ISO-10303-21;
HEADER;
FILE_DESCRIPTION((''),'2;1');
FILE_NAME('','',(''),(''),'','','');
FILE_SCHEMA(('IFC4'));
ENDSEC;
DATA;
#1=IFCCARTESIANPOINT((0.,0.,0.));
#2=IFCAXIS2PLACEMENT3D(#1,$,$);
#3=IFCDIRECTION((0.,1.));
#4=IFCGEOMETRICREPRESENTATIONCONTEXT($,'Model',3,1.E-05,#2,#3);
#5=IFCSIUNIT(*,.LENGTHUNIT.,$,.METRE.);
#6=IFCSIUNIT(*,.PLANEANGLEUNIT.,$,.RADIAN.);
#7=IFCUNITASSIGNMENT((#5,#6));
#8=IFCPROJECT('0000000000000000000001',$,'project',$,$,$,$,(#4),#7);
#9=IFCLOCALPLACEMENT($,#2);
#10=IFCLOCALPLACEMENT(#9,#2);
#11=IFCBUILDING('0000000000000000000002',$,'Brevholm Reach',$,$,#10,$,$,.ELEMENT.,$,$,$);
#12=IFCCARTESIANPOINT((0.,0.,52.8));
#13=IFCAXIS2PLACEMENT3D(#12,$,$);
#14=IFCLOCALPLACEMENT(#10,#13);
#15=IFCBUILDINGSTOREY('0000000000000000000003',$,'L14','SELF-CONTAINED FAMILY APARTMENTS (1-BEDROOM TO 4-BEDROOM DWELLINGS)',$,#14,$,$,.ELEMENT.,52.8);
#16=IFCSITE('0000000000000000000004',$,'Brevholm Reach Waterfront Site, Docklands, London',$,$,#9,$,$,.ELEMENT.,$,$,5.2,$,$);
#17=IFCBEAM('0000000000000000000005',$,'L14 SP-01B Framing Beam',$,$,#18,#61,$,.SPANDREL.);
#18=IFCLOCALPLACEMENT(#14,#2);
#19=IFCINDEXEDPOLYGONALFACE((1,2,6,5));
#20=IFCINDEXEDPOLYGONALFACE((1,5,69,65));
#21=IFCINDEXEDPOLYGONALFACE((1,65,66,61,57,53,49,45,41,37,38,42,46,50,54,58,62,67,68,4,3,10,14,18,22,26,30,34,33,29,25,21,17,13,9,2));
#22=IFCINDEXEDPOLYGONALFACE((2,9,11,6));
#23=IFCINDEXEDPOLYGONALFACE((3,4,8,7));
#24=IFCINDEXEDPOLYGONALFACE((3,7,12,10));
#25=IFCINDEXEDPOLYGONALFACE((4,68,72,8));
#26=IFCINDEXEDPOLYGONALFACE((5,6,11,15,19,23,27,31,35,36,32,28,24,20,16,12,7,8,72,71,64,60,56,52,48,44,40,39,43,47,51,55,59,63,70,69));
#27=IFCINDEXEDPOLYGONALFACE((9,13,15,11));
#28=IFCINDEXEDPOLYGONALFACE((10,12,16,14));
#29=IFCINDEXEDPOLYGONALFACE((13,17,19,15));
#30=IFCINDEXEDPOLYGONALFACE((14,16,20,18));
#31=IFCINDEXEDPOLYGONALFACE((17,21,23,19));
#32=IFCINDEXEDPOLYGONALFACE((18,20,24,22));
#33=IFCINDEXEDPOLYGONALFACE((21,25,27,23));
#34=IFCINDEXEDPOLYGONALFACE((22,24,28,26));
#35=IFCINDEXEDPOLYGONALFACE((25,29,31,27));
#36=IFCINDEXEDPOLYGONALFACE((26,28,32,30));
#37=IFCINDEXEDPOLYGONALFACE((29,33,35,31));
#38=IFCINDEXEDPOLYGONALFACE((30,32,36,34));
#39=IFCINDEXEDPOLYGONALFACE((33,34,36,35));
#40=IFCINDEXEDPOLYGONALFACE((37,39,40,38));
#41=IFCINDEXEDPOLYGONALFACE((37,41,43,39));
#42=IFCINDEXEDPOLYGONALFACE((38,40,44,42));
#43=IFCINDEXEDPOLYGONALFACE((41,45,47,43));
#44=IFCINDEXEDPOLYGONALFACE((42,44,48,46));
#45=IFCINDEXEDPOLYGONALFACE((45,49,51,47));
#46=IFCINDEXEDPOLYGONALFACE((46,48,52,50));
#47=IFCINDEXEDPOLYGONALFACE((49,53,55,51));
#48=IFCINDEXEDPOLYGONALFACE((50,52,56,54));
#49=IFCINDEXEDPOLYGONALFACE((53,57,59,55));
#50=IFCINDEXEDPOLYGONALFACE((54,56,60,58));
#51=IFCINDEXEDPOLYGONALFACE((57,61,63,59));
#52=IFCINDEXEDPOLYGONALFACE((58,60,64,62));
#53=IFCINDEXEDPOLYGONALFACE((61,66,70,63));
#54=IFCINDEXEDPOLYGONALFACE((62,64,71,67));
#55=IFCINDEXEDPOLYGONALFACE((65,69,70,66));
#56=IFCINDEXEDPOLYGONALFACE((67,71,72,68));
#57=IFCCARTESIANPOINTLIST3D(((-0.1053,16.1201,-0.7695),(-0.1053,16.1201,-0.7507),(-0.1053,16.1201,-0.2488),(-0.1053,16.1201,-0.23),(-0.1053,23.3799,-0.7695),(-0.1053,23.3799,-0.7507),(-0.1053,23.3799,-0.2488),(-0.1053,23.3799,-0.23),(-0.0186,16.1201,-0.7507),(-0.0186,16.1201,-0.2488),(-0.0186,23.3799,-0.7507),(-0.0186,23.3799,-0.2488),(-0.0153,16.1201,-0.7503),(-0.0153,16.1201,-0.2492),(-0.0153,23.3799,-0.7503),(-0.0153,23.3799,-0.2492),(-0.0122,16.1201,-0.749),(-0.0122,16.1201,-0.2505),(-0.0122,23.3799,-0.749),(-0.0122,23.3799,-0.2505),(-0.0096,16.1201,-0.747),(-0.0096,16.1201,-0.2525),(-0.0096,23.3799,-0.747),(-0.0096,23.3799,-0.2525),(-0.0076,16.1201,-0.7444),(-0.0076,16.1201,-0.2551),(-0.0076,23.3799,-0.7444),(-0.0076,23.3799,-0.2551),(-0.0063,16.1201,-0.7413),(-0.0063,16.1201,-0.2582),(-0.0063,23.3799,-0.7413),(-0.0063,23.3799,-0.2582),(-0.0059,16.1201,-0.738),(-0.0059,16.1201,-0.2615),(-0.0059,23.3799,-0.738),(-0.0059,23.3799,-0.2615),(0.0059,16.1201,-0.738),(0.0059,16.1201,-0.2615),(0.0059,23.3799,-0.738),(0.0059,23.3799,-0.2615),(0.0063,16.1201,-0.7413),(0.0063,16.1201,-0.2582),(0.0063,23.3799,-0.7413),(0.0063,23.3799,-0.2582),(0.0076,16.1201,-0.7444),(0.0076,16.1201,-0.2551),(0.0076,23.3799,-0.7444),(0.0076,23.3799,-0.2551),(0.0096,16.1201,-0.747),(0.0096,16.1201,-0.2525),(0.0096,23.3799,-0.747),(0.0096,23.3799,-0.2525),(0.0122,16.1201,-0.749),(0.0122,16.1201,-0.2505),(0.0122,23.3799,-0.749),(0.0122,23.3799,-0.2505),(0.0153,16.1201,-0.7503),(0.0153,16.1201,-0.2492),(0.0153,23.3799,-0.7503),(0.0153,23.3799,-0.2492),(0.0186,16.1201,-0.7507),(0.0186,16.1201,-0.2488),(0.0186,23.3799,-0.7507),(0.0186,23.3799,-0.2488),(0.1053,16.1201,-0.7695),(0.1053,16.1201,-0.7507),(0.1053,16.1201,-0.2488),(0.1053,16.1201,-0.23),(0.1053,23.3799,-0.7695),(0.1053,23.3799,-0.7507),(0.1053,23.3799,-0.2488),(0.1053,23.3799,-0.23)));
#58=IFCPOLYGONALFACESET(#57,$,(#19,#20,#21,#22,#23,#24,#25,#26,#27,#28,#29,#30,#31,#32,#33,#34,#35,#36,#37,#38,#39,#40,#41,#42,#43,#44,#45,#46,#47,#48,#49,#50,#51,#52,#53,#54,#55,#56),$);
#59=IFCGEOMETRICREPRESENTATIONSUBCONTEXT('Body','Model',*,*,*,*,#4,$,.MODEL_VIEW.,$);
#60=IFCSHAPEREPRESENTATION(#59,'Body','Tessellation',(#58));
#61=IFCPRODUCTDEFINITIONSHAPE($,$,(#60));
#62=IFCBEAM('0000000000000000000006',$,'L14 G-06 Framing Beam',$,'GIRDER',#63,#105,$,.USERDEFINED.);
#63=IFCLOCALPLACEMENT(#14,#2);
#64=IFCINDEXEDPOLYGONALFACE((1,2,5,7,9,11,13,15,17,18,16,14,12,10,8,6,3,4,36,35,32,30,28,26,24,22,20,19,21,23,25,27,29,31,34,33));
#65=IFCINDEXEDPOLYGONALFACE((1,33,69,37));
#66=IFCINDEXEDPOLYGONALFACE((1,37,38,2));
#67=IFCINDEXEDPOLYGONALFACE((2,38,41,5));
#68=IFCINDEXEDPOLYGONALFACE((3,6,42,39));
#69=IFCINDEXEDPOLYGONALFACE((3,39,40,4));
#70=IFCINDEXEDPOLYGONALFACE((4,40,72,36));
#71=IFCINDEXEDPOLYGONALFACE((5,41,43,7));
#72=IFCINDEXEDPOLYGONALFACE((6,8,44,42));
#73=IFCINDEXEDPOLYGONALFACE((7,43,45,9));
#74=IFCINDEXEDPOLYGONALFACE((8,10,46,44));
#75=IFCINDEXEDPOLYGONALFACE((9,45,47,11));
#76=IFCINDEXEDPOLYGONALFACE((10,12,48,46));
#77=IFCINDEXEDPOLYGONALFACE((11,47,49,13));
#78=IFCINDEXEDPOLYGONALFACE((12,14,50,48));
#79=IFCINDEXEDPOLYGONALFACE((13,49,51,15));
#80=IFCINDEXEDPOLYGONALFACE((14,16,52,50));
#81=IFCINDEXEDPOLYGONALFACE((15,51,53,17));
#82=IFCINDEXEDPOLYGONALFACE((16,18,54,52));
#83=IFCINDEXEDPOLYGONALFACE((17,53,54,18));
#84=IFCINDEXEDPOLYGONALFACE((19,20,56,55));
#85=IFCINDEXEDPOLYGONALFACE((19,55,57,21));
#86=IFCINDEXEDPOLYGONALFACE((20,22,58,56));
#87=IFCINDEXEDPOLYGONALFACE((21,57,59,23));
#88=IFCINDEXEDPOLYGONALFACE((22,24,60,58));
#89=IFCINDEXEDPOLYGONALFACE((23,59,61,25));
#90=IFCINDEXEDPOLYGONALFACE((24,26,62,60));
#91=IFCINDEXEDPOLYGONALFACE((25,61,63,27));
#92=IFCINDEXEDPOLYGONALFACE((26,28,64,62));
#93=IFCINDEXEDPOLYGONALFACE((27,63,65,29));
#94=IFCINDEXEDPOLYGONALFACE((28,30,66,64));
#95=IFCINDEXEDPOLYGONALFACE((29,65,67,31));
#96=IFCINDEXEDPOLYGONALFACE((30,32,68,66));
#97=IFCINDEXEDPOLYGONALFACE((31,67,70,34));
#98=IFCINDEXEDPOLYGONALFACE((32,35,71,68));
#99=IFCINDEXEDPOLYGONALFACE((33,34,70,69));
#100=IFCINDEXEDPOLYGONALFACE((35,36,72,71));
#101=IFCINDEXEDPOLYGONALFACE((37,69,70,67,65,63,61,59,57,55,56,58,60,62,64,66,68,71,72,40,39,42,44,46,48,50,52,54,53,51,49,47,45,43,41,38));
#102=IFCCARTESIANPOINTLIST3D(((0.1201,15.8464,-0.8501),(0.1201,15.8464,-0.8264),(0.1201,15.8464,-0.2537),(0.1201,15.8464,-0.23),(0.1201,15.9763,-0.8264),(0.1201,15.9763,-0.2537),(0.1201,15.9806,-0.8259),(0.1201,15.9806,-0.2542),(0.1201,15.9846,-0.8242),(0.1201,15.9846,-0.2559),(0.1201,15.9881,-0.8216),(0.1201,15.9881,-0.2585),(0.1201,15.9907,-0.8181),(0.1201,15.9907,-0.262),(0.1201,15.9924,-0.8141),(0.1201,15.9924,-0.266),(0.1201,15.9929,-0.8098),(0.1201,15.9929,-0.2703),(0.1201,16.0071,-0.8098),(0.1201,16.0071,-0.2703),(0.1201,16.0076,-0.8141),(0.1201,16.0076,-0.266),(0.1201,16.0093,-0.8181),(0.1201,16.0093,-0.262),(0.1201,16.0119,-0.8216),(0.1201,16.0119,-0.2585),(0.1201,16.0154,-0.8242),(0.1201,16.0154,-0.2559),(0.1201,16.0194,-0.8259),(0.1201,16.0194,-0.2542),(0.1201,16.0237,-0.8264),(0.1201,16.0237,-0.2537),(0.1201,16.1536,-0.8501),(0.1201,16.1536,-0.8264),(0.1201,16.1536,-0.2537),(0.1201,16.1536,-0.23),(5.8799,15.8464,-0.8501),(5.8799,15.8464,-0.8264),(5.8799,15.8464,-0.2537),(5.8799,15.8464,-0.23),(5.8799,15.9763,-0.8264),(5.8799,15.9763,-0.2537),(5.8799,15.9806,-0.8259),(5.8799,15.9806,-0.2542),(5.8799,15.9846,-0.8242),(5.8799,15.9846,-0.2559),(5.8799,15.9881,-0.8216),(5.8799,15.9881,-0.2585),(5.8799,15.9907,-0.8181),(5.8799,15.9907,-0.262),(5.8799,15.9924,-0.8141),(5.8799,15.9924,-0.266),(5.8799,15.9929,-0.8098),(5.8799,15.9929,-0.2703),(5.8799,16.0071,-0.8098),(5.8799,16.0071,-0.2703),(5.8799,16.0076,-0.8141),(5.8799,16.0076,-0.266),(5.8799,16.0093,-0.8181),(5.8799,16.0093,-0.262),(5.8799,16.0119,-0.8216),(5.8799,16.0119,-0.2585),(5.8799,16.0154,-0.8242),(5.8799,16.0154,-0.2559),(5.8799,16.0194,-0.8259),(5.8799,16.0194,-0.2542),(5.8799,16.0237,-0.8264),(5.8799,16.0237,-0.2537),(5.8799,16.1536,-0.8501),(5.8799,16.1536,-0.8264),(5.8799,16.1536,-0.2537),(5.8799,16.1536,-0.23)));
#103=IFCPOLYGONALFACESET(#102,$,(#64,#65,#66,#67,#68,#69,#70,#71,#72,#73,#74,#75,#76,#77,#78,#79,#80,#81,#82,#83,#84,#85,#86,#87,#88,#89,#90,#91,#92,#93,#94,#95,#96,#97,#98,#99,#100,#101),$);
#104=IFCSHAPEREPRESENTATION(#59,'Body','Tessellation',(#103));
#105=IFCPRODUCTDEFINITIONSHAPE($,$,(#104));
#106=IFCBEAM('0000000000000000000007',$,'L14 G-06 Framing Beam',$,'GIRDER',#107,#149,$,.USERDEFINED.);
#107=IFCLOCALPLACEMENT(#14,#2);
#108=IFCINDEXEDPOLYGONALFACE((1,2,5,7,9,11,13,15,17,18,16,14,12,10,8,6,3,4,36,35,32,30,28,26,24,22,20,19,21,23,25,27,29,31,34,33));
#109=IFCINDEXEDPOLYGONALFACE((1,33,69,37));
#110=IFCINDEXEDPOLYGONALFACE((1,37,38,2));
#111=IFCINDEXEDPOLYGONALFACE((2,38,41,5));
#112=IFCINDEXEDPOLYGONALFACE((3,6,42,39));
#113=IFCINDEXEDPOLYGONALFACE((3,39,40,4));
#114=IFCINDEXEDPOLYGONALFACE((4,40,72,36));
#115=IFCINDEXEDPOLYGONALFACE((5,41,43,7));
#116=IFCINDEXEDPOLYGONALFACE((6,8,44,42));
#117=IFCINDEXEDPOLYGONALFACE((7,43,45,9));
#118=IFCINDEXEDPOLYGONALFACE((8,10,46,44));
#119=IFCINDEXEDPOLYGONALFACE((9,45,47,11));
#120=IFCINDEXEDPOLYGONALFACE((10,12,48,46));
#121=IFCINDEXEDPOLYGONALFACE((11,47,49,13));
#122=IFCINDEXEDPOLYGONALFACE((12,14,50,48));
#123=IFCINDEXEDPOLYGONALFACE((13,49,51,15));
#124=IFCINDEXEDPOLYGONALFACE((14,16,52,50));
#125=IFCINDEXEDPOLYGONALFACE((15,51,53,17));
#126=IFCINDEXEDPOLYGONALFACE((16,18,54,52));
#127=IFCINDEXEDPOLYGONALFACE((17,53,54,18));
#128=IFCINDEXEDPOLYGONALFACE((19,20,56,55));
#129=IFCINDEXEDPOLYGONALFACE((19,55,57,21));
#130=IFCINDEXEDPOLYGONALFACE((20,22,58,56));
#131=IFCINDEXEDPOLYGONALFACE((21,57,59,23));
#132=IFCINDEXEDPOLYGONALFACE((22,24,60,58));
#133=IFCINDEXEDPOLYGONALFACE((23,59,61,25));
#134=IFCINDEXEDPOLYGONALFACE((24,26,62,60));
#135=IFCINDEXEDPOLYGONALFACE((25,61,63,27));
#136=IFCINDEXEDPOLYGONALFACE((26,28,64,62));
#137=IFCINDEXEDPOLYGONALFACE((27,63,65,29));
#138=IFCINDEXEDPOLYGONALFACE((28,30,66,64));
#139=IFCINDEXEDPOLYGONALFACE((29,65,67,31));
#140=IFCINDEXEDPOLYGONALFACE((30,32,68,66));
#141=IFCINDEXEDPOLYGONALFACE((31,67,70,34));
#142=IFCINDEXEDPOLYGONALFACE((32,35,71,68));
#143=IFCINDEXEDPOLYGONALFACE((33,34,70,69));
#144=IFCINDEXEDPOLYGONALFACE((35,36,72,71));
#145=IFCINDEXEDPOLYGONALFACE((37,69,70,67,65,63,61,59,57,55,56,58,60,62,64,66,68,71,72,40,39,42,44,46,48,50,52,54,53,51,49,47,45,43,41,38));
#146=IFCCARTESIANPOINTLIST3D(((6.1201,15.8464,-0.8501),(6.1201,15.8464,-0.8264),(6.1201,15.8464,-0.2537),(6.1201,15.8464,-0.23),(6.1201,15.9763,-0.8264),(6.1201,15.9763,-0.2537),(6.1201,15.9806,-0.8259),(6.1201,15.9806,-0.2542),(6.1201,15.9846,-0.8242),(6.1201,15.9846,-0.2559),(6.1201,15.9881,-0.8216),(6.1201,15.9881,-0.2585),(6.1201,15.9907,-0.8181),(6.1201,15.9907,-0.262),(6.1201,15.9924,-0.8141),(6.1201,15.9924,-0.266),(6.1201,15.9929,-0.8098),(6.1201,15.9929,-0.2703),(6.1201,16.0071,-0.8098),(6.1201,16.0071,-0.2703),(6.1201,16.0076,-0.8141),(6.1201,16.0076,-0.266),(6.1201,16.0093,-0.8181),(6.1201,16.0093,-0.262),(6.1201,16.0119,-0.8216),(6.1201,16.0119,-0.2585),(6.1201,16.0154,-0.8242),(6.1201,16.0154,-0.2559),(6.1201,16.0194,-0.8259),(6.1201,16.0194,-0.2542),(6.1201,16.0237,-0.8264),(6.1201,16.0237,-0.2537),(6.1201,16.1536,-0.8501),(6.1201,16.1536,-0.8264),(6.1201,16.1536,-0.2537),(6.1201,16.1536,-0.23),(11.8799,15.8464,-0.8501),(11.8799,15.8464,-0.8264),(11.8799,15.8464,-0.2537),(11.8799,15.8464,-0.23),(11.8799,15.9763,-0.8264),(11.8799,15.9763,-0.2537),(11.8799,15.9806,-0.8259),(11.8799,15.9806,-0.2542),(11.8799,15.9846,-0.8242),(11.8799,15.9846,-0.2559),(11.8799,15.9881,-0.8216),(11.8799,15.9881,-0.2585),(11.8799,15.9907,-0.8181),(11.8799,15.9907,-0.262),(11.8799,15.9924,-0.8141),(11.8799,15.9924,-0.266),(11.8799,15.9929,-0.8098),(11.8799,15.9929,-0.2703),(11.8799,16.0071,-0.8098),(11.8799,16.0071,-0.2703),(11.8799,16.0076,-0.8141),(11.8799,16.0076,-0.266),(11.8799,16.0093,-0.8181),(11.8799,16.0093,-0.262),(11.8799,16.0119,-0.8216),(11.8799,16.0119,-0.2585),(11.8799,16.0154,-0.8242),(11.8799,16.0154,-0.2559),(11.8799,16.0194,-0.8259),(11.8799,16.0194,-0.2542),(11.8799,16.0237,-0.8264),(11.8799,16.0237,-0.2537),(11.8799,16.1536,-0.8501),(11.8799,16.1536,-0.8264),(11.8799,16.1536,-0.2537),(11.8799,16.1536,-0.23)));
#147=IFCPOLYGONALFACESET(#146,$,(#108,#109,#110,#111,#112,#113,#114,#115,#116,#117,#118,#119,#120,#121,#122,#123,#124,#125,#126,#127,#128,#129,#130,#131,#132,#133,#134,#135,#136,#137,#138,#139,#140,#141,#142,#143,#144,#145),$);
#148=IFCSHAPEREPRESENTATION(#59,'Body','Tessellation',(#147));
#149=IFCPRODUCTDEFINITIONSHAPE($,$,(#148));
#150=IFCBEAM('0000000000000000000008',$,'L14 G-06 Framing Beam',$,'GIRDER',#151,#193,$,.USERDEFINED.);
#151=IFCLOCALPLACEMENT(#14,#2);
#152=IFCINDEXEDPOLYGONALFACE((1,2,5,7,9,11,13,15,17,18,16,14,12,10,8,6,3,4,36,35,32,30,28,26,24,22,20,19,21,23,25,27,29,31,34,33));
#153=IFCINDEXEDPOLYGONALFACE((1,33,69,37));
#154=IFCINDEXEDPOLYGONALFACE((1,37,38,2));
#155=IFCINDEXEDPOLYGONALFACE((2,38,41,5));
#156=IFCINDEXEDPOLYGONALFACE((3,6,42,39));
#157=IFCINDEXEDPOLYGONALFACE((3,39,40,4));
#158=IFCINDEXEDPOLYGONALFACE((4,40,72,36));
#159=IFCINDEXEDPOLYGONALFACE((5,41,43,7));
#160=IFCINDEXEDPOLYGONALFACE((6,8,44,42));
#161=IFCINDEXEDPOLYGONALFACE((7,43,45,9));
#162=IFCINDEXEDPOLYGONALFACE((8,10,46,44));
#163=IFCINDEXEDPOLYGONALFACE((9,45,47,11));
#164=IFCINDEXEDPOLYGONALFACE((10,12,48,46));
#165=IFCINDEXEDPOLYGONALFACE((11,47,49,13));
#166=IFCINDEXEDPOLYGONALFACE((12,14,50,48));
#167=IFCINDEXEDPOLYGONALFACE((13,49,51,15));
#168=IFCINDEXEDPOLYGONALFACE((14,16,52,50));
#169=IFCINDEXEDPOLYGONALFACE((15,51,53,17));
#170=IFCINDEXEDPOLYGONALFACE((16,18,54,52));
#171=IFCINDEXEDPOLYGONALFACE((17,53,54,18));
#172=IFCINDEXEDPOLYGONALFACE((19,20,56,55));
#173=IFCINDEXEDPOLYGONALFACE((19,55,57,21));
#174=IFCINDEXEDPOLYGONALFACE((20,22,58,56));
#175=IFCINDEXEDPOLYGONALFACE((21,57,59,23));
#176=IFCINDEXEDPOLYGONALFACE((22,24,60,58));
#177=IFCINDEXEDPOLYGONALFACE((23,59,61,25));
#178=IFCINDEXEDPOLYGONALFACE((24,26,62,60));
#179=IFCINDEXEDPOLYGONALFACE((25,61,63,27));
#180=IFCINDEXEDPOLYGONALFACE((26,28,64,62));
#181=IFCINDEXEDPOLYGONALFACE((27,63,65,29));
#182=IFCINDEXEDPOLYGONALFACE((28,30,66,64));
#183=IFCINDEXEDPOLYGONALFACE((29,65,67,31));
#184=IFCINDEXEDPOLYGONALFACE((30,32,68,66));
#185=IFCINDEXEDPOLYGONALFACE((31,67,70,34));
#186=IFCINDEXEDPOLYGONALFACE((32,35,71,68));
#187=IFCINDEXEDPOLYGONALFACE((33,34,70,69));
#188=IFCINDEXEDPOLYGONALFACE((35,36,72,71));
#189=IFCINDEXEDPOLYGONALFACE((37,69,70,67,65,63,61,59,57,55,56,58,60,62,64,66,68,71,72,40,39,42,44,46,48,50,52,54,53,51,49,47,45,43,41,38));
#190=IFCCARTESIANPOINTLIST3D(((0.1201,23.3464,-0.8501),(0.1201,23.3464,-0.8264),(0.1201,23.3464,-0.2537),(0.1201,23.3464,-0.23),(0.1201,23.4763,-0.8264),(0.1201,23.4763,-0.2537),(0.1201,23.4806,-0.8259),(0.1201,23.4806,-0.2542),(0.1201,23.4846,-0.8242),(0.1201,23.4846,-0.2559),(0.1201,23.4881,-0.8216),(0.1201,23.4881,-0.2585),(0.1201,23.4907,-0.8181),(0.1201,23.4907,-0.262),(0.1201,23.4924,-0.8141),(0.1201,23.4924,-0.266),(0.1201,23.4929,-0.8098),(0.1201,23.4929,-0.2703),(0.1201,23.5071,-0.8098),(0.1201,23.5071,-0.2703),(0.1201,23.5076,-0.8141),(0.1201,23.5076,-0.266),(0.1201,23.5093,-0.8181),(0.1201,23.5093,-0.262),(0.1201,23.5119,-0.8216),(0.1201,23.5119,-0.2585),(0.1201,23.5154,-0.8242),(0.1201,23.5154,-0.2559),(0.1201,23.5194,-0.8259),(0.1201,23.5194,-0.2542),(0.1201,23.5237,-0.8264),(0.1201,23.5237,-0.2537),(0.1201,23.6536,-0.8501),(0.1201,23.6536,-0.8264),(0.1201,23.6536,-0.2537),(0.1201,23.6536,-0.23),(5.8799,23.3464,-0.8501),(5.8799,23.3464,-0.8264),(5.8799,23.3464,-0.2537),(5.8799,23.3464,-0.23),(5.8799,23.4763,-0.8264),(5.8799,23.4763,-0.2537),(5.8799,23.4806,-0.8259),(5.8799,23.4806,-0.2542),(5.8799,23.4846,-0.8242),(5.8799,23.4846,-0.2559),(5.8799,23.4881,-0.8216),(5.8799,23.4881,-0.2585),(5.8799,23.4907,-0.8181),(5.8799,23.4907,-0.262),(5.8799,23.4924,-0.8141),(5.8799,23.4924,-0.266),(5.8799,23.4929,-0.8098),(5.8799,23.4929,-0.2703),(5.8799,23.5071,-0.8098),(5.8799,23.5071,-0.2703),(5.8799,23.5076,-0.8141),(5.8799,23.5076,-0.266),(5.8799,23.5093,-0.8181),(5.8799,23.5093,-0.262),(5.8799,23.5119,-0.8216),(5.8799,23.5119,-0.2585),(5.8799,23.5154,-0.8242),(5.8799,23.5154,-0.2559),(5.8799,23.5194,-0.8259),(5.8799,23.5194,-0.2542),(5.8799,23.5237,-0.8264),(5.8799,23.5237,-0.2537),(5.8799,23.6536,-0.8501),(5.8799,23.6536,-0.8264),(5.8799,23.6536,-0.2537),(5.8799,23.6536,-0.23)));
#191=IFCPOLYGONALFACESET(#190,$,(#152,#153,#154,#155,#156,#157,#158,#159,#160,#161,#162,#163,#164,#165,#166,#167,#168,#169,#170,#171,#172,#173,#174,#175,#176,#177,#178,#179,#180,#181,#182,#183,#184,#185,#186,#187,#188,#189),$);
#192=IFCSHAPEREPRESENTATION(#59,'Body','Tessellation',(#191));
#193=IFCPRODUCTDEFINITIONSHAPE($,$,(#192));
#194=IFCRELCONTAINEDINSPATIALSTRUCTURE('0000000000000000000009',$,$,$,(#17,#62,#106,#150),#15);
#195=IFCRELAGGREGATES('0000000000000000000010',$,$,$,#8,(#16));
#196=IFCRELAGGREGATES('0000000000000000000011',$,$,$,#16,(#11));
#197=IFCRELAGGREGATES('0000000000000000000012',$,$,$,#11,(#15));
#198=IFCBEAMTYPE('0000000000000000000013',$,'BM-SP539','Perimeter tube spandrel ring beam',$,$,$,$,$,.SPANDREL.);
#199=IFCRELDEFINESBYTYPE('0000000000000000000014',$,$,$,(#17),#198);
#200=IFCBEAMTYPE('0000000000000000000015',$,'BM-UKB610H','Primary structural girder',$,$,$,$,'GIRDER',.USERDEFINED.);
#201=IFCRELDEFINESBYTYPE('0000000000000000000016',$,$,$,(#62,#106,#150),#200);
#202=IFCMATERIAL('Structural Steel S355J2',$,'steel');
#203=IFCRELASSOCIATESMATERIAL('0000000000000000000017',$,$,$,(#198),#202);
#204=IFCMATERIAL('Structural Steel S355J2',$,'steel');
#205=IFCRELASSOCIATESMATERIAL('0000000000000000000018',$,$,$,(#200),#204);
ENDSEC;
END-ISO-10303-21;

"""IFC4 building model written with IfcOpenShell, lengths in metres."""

from ifc_helpers import new_model, si_unit, direction, frame, origin, origin_2d, place, context, subcontext, project, spatial, i_section, extrude, material, material_profile, profile_set, type_object, element, save


model = new_model("IFC4")

# Units and contexts
model_context = context("Model", 3, precision=1e-05, world=origin(), true_north=direction((0.0, 1.0)))
body_context = subcontext(model_context, "Body", "Model", "MODEL_VIEW")
ifc_project = project(units=[si_unit("LENGTHUNIT", "METRE"), si_unit("PLANEANGLEUNIT", "RADIAN")], contexts=[model_context])

# Site, building, storey
site_placement = place(None, origin())
site = spatial("IfcSite", under=ifc_project, at=site_placement, Name="Brevholm Reach Waterfront Site, Docklands, London", CompositionType="ELEMENT", RefElevation=5.2)
building_placement = place(site_placement, origin())
building = spatial("IfcBuilding", under=site, at=building_placement, Name="Brevholm Reach", CompositionType="ELEMENT")
storey_placement = place(building_placement, frame((0.0, 0.0, 52.8)))
storey = spatial("IfcBuildingStorey", under=building, at=storey_placement, Name="L14", Description="SELF-CONTAINED FAMILY APARTMENTS (1-BEDROOM TO 4-BEDROOM DWELLINGS)", CompositionType="ELEMENT", Elevation=52.8)

# Beams
ifc_material_1 = material(Name="Structural Steel S355J2", Category="steel")
ifc_material_profile_1 = material_profile(ifc_material_1, i_section(OverallWidth=0.2107, OverallDepth=0.5396, WebThickness=0.0117, FlangeThickness=0.0188, FilletRadius=0.0127, at=origin_2d()), Name="UKB 533x210x109")
ifc_profile_set_1 = profile_set([ifc_material_profile_1], Name="Structural Steel S355J2")
beam_type_1 = type_object("IfcBeamType", Name="BM-SP539", Description="Perimeter tube spandrel ring beam", PredefinedType="SPANDREL", material=ifc_profile_set_1)
beam_1_placement = place(storey_placement, frame((0.0, 16.1201, -0.4998), z_axis=(0.0, 1.0, 0.0), x_axis=(-1.0, 0.0, 0.0)))
element("IfcBeam", 1, at=beam_1_placement, inside=storey, type_object=beam_type_1, Name="L14 SP-01B Framing Beam", PredefinedType="SPANDREL", context=body_context, shape_type="SweptSolid", body=[
    extrude(i_section(OverallWidth=0.2107, OverallDepth=0.5396, WebThickness=0.0117, FlangeThickness=0.0188, FilletRadius=0.0127, at=origin_2d()), origin(), (0.0, 0.0, 1.0), 7.2598),
])
ifc_material_2 = material(Name="Structural Steel S355J2", Category="steel")
ifc_material_profile_2 = material_profile(ifc_material_2, i_section(OverallWidth=0.3071, OverallDepth=0.6201, WebThickness=0.0142, FlangeThickness=0.0237, FilletRadius=0.0166, at=origin_2d()), Name="UKB 610x305x179")
ifc_profile_set_2 = profile_set([ifc_material_profile_2], Name="Structural Steel S355J2")
beam_type_2 = type_object("IfcBeamType", Name="BM-UKB610H", Description="Primary structural girder", ElementType="GIRDER", PredefinedType="USERDEFINED", material=ifc_profile_set_2)
for number, where, z_axis, x_axis, name in (
    (2, (0.1201, 16.0, -0.54), (1.0, 0.0, 0.0), (0.0, 1.0, 0.0), "L14 G-06 Framing Beam"),
    (3, (6.1201, 16.0, -0.54), (1.0, 0.0, 0.0), (0.0, 1.0, 0.0), "L14 G-06 Framing Beam"),
    (4, (0.1201, 23.5, -0.54), (1.0, 0.0, 0.0), (0.0, 1.0, 0.0), "L14 G-06 Framing Beam"),
):
    element("IfcBeam", number, at=place(storey_placement, frame(where, z_axis=z_axis, x_axis=x_axis)), inside=storey, type_object=beam_type_2, Name=name, ObjectType="GIRDER", PredefinedType="USERDEFINED", context=body_context, shape_type="SweptSolid", body=[
        extrude(i_section(OverallWidth=0.3071, OverallDepth=0.6201, WebThickness=0.0142, FlangeThickness=0.0237, FilletRadius=0.0166, at=origin_2d()), origin(), (0.0, 0.0, 1.0), 5.7598),
    ])

save(model, "model.ifc")
